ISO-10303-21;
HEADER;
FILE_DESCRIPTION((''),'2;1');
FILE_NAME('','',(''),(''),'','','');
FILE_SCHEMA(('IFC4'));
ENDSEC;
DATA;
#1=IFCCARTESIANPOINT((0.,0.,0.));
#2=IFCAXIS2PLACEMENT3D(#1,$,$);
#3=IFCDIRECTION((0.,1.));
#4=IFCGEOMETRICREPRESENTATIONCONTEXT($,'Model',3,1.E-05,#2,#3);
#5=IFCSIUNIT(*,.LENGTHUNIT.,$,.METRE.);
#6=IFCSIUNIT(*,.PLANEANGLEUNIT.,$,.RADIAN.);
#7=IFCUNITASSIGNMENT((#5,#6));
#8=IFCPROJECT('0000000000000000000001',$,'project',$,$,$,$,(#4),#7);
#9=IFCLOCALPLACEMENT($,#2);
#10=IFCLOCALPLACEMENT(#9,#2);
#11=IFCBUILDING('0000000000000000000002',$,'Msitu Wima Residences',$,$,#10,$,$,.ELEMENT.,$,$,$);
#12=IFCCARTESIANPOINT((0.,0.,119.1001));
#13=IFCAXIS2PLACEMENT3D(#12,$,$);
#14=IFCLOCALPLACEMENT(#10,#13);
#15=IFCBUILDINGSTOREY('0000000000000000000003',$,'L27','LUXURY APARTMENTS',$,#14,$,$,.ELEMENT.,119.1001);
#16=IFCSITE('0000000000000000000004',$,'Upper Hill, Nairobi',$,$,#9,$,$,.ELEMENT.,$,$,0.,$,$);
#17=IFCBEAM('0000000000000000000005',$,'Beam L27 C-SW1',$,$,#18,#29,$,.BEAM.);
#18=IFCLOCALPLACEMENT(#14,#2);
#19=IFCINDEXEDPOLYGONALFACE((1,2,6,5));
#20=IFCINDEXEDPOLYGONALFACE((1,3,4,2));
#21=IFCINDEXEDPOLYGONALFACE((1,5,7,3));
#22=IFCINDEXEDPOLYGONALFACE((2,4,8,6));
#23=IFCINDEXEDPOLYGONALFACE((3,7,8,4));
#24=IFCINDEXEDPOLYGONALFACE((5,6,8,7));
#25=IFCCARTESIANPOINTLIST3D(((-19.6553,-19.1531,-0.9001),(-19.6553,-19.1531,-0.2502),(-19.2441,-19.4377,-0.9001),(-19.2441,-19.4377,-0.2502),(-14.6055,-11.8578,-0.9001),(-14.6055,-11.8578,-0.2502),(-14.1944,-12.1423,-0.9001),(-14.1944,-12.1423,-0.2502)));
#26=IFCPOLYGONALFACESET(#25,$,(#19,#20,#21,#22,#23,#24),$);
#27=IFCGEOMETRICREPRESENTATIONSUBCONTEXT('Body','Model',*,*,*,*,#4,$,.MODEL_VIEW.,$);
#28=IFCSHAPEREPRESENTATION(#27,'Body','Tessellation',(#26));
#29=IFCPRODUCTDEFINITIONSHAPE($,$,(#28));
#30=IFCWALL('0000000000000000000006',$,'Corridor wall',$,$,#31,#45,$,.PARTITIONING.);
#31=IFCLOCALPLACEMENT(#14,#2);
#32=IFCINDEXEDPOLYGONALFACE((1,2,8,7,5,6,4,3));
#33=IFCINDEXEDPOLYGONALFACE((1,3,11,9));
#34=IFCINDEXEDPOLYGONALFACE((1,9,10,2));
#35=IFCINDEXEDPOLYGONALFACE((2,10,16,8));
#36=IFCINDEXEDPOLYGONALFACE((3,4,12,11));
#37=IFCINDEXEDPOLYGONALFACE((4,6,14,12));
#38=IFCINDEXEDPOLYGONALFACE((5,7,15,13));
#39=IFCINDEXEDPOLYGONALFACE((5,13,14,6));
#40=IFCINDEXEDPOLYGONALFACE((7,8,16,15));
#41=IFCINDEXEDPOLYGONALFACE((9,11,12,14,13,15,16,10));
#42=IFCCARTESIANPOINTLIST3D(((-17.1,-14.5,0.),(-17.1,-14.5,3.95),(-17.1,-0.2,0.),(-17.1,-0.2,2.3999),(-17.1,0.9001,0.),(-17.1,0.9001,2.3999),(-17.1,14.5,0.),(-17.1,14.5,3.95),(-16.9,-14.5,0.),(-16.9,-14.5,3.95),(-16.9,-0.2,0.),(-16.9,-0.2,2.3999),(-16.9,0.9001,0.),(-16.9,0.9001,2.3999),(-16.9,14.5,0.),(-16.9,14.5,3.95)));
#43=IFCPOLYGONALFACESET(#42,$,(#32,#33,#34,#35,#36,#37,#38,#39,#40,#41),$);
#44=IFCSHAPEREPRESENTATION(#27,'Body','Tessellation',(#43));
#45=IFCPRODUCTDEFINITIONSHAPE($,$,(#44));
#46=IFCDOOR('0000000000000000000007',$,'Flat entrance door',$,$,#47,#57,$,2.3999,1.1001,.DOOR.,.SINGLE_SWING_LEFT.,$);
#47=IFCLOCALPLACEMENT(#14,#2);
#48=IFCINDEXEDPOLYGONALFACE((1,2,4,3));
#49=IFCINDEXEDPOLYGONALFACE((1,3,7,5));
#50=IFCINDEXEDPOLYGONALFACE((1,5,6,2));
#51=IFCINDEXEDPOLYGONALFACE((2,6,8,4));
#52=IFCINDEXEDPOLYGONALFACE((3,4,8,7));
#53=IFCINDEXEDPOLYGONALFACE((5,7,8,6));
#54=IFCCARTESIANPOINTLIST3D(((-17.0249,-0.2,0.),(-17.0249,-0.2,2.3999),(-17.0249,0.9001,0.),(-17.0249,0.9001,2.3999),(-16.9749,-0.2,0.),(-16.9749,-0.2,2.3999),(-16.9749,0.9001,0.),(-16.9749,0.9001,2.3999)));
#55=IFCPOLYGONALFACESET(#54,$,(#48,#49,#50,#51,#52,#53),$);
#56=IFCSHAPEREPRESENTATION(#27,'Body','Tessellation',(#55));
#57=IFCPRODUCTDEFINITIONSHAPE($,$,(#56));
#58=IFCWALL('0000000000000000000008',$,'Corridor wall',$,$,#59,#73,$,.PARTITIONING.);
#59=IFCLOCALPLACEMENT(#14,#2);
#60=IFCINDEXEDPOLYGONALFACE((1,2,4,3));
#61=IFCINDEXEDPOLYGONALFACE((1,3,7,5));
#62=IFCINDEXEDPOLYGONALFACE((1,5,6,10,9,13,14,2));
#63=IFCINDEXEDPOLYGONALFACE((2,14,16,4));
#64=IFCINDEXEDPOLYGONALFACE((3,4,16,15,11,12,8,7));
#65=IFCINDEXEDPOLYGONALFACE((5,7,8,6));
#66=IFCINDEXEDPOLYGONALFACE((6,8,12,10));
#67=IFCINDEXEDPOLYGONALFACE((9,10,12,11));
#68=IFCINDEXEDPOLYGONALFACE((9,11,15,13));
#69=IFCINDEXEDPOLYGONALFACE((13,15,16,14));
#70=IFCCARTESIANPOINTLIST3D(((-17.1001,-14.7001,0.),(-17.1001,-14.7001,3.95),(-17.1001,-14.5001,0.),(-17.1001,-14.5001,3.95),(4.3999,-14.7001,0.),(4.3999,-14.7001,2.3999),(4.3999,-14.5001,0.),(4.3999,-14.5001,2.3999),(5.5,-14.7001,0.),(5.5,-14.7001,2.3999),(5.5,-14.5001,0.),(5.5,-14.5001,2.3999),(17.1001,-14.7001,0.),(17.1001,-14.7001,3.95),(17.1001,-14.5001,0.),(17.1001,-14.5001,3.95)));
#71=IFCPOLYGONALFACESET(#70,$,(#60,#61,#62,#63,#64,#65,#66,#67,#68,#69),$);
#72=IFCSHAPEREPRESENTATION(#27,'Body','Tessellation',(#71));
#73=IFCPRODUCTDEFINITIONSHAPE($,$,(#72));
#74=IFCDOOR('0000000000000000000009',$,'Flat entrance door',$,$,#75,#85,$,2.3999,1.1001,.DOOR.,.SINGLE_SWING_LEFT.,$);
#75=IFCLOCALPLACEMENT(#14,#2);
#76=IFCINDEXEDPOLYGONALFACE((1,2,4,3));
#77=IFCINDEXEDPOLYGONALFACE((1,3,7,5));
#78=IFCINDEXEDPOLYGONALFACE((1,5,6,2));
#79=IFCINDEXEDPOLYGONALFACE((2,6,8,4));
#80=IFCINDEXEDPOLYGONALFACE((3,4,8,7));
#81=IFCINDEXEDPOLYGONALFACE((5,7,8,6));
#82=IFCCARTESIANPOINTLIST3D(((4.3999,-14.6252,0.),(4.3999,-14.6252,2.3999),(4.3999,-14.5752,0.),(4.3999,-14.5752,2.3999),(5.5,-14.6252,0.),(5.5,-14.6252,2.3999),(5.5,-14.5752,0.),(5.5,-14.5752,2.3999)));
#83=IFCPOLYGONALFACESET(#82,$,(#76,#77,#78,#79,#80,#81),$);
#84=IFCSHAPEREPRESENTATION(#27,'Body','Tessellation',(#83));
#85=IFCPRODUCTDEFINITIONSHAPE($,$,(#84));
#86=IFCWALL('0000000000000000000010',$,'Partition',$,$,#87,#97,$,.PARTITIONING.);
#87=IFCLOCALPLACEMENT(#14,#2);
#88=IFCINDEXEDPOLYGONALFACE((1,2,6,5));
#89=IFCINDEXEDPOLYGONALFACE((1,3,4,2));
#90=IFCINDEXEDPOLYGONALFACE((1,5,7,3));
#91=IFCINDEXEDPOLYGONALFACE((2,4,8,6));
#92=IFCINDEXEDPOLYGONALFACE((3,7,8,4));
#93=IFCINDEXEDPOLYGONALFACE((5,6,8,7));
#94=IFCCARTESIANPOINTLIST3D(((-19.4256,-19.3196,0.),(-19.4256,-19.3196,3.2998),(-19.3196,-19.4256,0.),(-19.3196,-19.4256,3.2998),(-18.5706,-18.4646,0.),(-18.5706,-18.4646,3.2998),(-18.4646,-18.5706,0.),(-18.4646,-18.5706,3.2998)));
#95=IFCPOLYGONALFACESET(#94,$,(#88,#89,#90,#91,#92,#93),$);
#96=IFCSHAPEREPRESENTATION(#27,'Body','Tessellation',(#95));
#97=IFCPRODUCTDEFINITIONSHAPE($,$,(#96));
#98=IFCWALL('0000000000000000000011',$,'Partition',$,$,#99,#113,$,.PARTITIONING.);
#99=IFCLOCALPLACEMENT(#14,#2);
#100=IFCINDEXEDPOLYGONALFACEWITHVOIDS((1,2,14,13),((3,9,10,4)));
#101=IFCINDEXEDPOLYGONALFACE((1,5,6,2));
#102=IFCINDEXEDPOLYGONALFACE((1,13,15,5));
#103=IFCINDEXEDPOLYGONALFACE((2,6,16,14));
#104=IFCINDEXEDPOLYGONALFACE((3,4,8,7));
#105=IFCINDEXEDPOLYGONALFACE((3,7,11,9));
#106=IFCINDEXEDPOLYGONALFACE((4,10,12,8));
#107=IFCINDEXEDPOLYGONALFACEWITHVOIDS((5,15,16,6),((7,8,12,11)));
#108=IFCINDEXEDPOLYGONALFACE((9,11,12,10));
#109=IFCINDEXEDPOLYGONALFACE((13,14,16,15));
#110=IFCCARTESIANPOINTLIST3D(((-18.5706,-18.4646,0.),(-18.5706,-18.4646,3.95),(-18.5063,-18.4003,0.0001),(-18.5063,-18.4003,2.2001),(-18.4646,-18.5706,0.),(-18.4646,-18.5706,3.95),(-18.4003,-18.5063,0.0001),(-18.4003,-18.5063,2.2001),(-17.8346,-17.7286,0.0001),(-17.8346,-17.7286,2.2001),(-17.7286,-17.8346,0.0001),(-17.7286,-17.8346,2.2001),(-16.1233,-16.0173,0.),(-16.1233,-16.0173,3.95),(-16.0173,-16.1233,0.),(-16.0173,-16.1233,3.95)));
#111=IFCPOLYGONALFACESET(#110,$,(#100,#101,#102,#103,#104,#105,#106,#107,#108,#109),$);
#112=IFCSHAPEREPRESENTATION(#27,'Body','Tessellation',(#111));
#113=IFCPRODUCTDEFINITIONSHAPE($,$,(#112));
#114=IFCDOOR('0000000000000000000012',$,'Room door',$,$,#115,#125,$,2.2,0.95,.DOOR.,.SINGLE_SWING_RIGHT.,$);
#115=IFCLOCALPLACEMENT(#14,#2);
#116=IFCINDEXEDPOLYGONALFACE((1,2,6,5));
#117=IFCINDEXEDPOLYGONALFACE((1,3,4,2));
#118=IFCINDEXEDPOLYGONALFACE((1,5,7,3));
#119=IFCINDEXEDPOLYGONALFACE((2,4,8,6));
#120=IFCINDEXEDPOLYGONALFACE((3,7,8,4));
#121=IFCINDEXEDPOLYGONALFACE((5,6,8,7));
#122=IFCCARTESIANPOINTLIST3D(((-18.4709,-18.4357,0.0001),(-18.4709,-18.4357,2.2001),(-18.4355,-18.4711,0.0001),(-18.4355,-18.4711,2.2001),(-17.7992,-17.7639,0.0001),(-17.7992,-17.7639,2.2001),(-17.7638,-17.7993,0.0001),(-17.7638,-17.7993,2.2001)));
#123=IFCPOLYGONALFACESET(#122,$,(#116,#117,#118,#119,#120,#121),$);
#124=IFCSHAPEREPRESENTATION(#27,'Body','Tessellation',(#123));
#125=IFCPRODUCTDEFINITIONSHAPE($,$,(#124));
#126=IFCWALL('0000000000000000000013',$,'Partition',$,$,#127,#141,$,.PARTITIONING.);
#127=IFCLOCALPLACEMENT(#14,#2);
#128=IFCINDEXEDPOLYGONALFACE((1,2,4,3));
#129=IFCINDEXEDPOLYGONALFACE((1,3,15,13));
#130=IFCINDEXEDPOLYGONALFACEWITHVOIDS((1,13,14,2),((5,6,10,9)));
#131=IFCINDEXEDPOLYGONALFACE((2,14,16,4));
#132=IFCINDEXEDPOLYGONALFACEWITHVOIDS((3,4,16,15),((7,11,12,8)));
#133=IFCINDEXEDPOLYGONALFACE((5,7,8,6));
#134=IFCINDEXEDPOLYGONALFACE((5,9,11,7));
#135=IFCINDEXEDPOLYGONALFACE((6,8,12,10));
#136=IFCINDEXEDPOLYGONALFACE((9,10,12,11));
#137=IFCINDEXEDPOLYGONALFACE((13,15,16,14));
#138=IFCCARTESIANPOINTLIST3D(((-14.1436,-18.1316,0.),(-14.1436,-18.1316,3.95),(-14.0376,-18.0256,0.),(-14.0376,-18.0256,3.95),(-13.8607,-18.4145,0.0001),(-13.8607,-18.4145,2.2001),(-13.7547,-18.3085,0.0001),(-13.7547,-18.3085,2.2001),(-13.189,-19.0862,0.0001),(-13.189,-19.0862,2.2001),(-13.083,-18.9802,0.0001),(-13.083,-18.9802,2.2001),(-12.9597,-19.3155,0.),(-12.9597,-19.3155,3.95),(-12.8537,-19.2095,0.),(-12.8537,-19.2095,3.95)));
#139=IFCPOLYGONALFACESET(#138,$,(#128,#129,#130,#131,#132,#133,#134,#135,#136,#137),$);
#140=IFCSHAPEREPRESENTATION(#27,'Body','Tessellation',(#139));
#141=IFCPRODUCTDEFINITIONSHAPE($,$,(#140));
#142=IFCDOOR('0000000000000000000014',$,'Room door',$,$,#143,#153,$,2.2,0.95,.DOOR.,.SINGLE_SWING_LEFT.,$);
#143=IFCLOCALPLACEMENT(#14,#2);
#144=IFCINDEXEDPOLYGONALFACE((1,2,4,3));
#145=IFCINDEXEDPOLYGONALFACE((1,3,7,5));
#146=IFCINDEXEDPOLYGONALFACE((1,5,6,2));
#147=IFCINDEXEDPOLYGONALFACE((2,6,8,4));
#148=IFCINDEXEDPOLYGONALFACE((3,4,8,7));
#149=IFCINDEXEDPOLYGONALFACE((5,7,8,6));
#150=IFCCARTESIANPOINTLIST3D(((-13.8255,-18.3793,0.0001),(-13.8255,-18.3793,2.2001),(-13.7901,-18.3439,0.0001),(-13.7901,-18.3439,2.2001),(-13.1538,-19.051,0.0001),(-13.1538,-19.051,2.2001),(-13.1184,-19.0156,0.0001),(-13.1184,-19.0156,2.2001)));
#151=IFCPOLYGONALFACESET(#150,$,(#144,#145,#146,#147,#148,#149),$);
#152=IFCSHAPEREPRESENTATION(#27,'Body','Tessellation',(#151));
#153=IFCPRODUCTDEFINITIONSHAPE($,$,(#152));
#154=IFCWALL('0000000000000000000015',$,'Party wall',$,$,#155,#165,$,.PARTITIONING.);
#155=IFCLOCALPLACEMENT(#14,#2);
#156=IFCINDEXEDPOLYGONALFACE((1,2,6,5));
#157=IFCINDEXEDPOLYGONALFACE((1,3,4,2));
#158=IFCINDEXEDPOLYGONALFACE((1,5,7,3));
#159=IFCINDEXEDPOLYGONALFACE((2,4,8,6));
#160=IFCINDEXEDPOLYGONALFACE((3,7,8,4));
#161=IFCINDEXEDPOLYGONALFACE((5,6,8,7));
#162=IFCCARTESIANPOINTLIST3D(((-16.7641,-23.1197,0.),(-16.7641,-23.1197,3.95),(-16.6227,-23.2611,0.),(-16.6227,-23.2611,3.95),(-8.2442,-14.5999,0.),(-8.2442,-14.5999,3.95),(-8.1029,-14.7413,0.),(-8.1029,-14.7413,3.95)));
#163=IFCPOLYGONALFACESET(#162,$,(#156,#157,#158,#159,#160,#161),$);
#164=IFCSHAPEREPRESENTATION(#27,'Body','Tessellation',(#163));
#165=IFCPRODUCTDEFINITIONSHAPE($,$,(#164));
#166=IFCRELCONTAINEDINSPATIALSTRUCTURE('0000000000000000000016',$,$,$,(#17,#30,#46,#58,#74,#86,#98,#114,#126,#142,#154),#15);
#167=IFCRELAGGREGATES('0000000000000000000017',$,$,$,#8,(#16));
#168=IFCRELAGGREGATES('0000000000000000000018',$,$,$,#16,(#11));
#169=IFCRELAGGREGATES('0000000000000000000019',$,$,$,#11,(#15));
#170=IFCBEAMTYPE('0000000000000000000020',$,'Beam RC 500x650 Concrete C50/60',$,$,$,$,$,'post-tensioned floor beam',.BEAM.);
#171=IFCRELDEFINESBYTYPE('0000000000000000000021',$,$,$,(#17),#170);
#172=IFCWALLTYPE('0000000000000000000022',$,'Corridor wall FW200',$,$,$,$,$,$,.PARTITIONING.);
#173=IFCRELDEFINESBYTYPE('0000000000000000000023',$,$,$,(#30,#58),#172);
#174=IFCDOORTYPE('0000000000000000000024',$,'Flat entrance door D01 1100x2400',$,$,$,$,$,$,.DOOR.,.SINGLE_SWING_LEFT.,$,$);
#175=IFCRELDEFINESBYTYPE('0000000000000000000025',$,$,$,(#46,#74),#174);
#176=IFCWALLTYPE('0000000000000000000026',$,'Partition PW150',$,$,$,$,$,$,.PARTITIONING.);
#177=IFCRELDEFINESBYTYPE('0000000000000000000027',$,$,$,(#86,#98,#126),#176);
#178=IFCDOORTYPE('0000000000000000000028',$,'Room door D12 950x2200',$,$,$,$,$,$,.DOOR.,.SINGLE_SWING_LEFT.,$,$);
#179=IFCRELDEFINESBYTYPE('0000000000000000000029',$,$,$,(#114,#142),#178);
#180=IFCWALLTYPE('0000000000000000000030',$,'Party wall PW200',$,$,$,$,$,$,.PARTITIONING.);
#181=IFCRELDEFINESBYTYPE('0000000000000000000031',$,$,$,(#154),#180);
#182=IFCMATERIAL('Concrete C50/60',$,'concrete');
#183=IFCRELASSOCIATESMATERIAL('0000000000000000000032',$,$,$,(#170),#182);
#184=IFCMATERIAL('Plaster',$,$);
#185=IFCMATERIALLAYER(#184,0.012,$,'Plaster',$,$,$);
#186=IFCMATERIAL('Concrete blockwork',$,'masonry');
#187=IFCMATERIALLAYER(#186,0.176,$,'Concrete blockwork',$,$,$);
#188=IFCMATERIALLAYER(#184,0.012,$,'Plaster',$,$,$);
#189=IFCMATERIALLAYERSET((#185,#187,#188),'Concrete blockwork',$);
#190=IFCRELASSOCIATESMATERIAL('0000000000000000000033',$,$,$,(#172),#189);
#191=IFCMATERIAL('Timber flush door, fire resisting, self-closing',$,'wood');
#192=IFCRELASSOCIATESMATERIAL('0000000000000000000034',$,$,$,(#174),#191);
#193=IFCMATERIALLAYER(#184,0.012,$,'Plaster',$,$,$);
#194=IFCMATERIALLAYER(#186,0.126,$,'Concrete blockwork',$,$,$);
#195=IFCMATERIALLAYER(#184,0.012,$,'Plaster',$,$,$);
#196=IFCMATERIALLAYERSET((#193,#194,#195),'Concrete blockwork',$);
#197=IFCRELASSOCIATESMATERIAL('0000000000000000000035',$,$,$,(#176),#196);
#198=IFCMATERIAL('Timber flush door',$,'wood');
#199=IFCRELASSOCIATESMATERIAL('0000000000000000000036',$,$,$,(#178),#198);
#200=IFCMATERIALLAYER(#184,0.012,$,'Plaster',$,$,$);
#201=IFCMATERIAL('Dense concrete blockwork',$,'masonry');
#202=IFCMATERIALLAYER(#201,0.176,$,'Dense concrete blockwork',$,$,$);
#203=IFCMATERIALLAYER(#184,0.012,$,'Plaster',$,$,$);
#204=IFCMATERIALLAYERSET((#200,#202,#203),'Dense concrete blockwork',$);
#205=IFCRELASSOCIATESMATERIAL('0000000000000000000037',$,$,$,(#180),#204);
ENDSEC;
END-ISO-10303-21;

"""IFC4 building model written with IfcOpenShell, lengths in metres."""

from ifc_helpers import new_model, si_unit, direction, frame, frame_2d, origin, origin_2d, place, context, subcontext, project, spatial, rectangle, extrude, material, layer, layer_set, material_profile, profile_set, type_object, element, fill, save


model = new_model("IFC4")

# Units and contexts
model_context = context("Model", 3, precision=1e-05, world=origin(), true_north=direction((0.0, 1.0)))
body_context = subcontext(model_context, "Body", "Model", "MODEL_VIEW")
ifc_project = project(units=[si_unit("LENGTHUNIT", "METRE"), si_unit("PLANEANGLEUNIT", "RADIAN")], contexts=[model_context])

# Site, building, storey
site_placement = place(None, origin())
site = spatial("IfcSite", under=ifc_project, at=site_placement, Name="Upper Hill, Nairobi", CompositionType="ELEMENT", RefElevation=0.0)
building_placement = place(site_placement, origin())
building = spatial("IfcBuilding", under=site, at=building_placement, Name="Msitu Wima Residences", CompositionType="ELEMENT")
storey_placement = place(building_placement, frame((0.0, 0.0, 119.1001)))
storey = spatial("IfcBuildingStorey", under=building, at=storey_placement, Name="L27", Description="LUXURY APARTMENTS", CompositionType="ELEMENT", Elevation=119.1001)

# Beam
ifc_material_1 = material(Name="Concrete C50/60", Category="concrete")
ifc_material_profile = material_profile(ifc_material_1, rectangle(XDim=0.5, YDim=0.6499, at=origin_2d()), Name="RC 500x650")
ifc_profile_set = profile_set([ifc_material_profile], Name="Concrete C50/60")
beam_type = type_object("IfcBeamType", Name="Beam RC 500x650 Concrete C50/60", ElementType="post-tensioned floor beam", PredefinedType="BEAM", material=ifc_profile_set)
beam_placement = place(storey_placement, frame((-19.4497, -19.2954, -0.5752), z_axis=(0.569144, 0.822238, 0.0), x_axis=(-0.822238, 0.569144, 0.0)))
element("IfcBeam", 1, at=beam_placement, inside=storey, type_object=beam_type, Name="Beam L27 C-SW1", PredefinedType="BEAM", context=body_context, shape_type="SweptSolid", body=[
    extrude(rectangle(XDim=0.5, YDim=0.6499, at=origin_2d()), origin(), (0.0, 0.0, 1.0), 8.8726),
])

# Walls, openings, doors
ifc_material_2 = material(Name="Plaster")
ifc_layer_1 = layer(ifc_material_2, 0.012, Name="Plaster")
ifc_material_3 = material(Name="Concrete blockwork", Category="masonry")
ifc_layer_2 = layer(ifc_material_3, 0.176, Name="Concrete blockwork")
ifc_layer_3 = layer(ifc_material_2, 0.012, Name="Plaster")
ifc_layer_set_1 = layer_set([ifc_layer_1, ifc_layer_2, ifc_layer_3], Name="Concrete blockwork")
wall_type_1 = type_object("IfcWallType", Name="Corridor wall FW200", PredefinedType="PARTITIONING", material=ifc_layer_set_1)
wall_1_placement = place(storey_placement, frame((-17.0, -14.5, 0.0), z_axis=(0.0, 0.0, 1.0), x_axis=(0.0, 1.0, 0.0)))
wall_1 = element("IfcWall", 2, at=wall_1_placement, inside=storey, type_object=wall_type_1, Name="Corridor wall", PredefinedType="PARTITIONING", context=body_context, shape_type="SweptSolid", body=[
    extrude(rectangle(XDim=29.0, YDim=0.2, at=frame_2d((14.5, 0.0))), origin(), (0.0, 0.0, 1.0), 3.95),
])
opening_1_placement = place(wall_1_placement, frame((14.3, 0.0, 0.0)))
opening_1 = element("IfcOpeningElement", 3, at=opening_1_placement, cuts=wall_1, PredefinedType="OPENING", context=body_context, shape_type="SweptSolid", body=[
    extrude(rectangle(XDim=1.1001, YDim=2.3999, at=frame_2d((0.55, 1.2))), frame((0.0, 0.1099, 0.0), z_axis=(0.0, -1.0, 0.0), x_axis=(1.0, 0.0, 0.0)), (0.0, 0.0, 1.0), 0.22),
])
ifc_material_4 = material(Name="Timber flush door, fire resisting, self-closing", Category="wood")
door_type_1 = type_object("IfcDoorType", Name="Flat entrance door D01 1100x2400", OperationType="SINGLE_SWING_LEFT", PredefinedType="DOOR", material=ifc_material_4)
door_1_placement = place(opening_1_placement, origin())
door_1 = element("IfcDoor", 4, at=door_1_placement, inside=storey, type_object=door_type_1, Name="Flat entrance door", OperationType="SINGLE_SWING_LEFT", OverallHeight=2.3999, OverallWidth=1.1001, PredefinedType="DOOR", context=body_context, shape_type="SweptSolid", body=[
    extrude(rectangle(XDim=1.1001, YDim=2.3999, at=frame_2d((0.55, 1.2))), frame((0.0, 0.0249, 0.0), z_axis=(0.0, -1.0, 0.0), x_axis=(1.0, 0.0, 0.0)), (0.0, 0.0, 1.0), 0.05),
])
fill(opening_1, door_1)
wall_2_placement = place(storey_placement, frame((-17.1001, -14.6001, 0.0), z_axis=(0.0, 0.0, 1.0), x_axis=(1.0, 0.0, 0.0)))
wall_2 = element("IfcWall", 5, at=wall_2_placement, inside=storey, type_object=wall_type_1, Name="Corridor wall", PredefinedType="PARTITIONING", context=body_context, shape_type="SweptSolid", body=[
    extrude(rectangle(XDim=34.2002, YDim=0.2, at=frame_2d((17.1001, 0.0))), origin(), (0.0, 0.0, 1.0), 3.95),
])
opening_2_placement = place(wall_2_placement, frame((21.5, 0.0, 0.0)))
opening_2 = element("IfcOpeningElement", 6, at=opening_2_placement, cuts=wall_2, PredefinedType="OPENING", context=body_context, shape_type="SweptSolid", body=[
    extrude(rectangle(XDim=1.1001, YDim=2.3999, at=frame_2d((0.55, 1.2))), frame((0.0, 0.1099, 0.0), z_axis=(0.0, -1.0, 0.0), x_axis=(1.0, 0.0, 0.0)), (0.0, 0.0, 1.0), 0.22),
])
door_2_placement = place(opening_2_placement, origin())
door_2 = element("IfcDoor", 7, at=door_2_placement, inside=storey, type_object=door_type_1, Name="Flat entrance door", OperationType="SINGLE_SWING_LEFT", OverallHeight=2.3999, OverallWidth=1.1001, PredefinedType="DOOR", context=body_context, shape_type="SweptSolid", body=[
    extrude(rectangle(XDim=1.1001, YDim=2.3999, at=frame_2d((0.55, 1.2))), frame((0.0, 0.0249, 0.0), z_axis=(0.0, -1.0, 0.0), x_axis=(1.0, 0.0, 0.0)), (0.0, 0.0, 1.0), 0.05),
])
fill(opening_2, door_2)

# Wall
ifc_layer_4 = layer(ifc_material_2, 0.012, Name="Plaster")
ifc_layer_5 = layer(ifc_material_3, 0.126, Name="Concrete blockwork")
ifc_layer_6 = layer(ifc_material_2, 0.012, Name="Plaster")
ifc_layer_set_2 = layer_set([ifc_layer_4, ifc_layer_5, ifc_layer_6], Name="Concrete blockwork")
wall_type_2 = type_object("IfcWallType", Name="Partition PW150", PredefinedType="PARTITIONING", material=ifc_layer_set_2)
wall_3_placement = place(storey_placement, frame((-19.3726, -19.3726, 0.0), z_axis=(0.0, 0.0, 1.0), x_axis=(0.707107, 0.707107, 0.0)))
element("IfcWall", 8, at=wall_3_placement, inside=storey, type_object=wall_type_2, Name="Partition", PredefinedType="PARTITIONING", context=body_context, shape_type="SweptSolid", body=[
    extrude(rectangle(XDim=1.2092, YDim=0.1499, at=frame_2d((0.6045, 0.0))), origin(), (0.0, 0.0, 1.0), 3.2998),
])

# Walls, openings, doors
wall_4_placement = place(storey_placement, frame((-18.5176, -18.5176, 0.0), z_axis=(0.0, 0.0, 1.0), x_axis=(0.707107, 0.707107, 0.0)))
wall_4 = element("IfcWall", 9, at=wall_4_placement, inside=storey, type_object=wall_type_2, Name="Partition", PredefinedType="PARTITIONING", context=body_context, shape_type="SweptSolid", body=[
    extrude(rectangle(XDim=3.4609, YDim=0.1499, at=frame_2d((1.7305, 0.0))), origin(), (0.0, 0.0, 1.0), 3.95),
])
opening_3_placement = place(wall_4_placement, frame((0.0908, 0.0, 0.0)))
opening_3 = element("IfcOpeningElement", 10, at=opening_3_placement, cuts=wall_4, PredefinedType="OPENING", context=body_context, shape_type="SweptSolid", body=[
    extrude(rectangle(XDim=0.95, YDim=2.2, at=frame_2d((0.4751, 1.1001))), frame((0.0, 0.085, 0.0), z_axis=(0.0, -1.0, 0.0), x_axis=(1.0, 0.0, 0.0)), (0.0, 0.0, 1.0), 0.1699),
])
ifc_material_5 = material(Name="Timber flush door", Category="wood")
door_type_2 = type_object("IfcDoorType", Name="Room door D12 950x2200", OperationType="SINGLE_SWING_LEFT", PredefinedType="DOOR", material=ifc_material_5)
door_3_placement = place(opening_3_placement, origin())
door_3 = element("IfcDoor", 11, at=door_3_placement, inside=storey, type_object=door_type_2, Name="Room door", OperationType="SINGLE_SWING_RIGHT", OverallHeight=2.2, OverallWidth=0.95, PredefinedType="DOOR", context=body_context, shape_type="SweptSolid", body=[
    extrude(rectangle(XDim=0.95, YDim=2.2, at=frame_2d((0.4751, 1.1001))), frame((0.0, 0.0249, 0.0), z_axis=(0.0, -1.0, 0.0), x_axis=(1.0, 0.0, 0.0)), (0.0, 0.0, 1.0), 0.05),
])
fill(opening_3, door_3)
wall_5_placement = place(storey_placement, frame((-14.0906, -18.0786, 0.0), z_axis=(0.0, 0.0, 1.0), x_axis=(0.707107, -0.707107, 0.0)))
wall_5 = element("IfcWall", 12, at=wall_5_placement, inside=storey, type_object=wall_type_2, Name="Partition", PredefinedType="PARTITIONING", context=body_context, shape_type="SweptSolid", body=[
    extrude(rectangle(XDim=1.6743, YDim=0.1499, at=frame_2d((0.8372, 0.0))), origin(), (0.0, 0.0, 1.0), 3.95),
])
opening_4_placement = place(wall_5_placement, frame((0.3999, 0.0, 0.0)))
opening_4 = element("IfcOpeningElement", 13, at=opening_4_placement, cuts=wall_5, PredefinedType="OPENING", context=body_context, shape_type="SweptSolid", body=[
    extrude(rectangle(XDim=0.95, YDim=2.2, at=frame_2d((0.4751, 1.1001))), frame((0.0, 0.085, 0.0), z_axis=(0.0, -1.0, 0.0), x_axis=(1.0, 0.0, 0.0)), (0.0, 0.0, 1.0), 0.1699),
])
door_4_placement = place(opening_4_placement, origin())
door_4 = element("IfcDoor", 14, at=door_4_placement, inside=storey, type_object=door_type_2, Name="Room door", OperationType="SINGLE_SWING_LEFT", OverallHeight=2.2, OverallWidth=0.95, PredefinedType="DOOR", context=body_context, shape_type="SweptSolid", body=[
    extrude(rectangle(XDim=0.95, YDim=2.2, at=frame_2d((0.4751, 1.1001))), frame((0.0, 0.0249, 0.0), z_axis=(0.0, -1.0, 0.0), x_axis=(1.0, 0.0, 0.0)), (0.0, 0.0, 1.0), 0.05),
])
fill(opening_4, door_4)

# Wall
ifc_layer_7 = layer(ifc_material_2, 0.012, Name="Plaster")
ifc_material_6 = material(Name="Dense concrete blockwork", Category="masonry")
ifc_layer_8 = layer(ifc_material_6, 0.176, Name="Dense concrete blockwork")
ifc_layer_9 = layer(ifc_material_2, 0.012, Name="Plaster")
ifc_layer_set_3 = layer_set([ifc_layer_7, ifc_layer_8, ifc_layer_9], Name="Dense concrete blockwork")
wall_type_3 = type_object("IfcWallType", Name="Party wall PW200", PredefinedType="PARTITIONING", material=ifc_layer_set_3)
wall_6_placement = place(storey_placement, frame((-16.6934, -23.1904, 0.0), z_axis=(0.0, 0.0, 1.0), x_axis=(0.707107, 0.707107, 0.0)))
element("IfcWall", 15, at=wall_6_placement, inside=storey, type_object=wall_type_3, Name="Party wall", PredefinedType="PARTITIONING", context=body_context, shape_type="SweptSolid", body=[
    extrude(rectangle(XDim=12.0488, YDim=0.2, at=frame_2d((6.0244, 0.0))), origin(), (0.0, 0.0, 1.0), 3.95),
])

save(model, "model.ifc")
